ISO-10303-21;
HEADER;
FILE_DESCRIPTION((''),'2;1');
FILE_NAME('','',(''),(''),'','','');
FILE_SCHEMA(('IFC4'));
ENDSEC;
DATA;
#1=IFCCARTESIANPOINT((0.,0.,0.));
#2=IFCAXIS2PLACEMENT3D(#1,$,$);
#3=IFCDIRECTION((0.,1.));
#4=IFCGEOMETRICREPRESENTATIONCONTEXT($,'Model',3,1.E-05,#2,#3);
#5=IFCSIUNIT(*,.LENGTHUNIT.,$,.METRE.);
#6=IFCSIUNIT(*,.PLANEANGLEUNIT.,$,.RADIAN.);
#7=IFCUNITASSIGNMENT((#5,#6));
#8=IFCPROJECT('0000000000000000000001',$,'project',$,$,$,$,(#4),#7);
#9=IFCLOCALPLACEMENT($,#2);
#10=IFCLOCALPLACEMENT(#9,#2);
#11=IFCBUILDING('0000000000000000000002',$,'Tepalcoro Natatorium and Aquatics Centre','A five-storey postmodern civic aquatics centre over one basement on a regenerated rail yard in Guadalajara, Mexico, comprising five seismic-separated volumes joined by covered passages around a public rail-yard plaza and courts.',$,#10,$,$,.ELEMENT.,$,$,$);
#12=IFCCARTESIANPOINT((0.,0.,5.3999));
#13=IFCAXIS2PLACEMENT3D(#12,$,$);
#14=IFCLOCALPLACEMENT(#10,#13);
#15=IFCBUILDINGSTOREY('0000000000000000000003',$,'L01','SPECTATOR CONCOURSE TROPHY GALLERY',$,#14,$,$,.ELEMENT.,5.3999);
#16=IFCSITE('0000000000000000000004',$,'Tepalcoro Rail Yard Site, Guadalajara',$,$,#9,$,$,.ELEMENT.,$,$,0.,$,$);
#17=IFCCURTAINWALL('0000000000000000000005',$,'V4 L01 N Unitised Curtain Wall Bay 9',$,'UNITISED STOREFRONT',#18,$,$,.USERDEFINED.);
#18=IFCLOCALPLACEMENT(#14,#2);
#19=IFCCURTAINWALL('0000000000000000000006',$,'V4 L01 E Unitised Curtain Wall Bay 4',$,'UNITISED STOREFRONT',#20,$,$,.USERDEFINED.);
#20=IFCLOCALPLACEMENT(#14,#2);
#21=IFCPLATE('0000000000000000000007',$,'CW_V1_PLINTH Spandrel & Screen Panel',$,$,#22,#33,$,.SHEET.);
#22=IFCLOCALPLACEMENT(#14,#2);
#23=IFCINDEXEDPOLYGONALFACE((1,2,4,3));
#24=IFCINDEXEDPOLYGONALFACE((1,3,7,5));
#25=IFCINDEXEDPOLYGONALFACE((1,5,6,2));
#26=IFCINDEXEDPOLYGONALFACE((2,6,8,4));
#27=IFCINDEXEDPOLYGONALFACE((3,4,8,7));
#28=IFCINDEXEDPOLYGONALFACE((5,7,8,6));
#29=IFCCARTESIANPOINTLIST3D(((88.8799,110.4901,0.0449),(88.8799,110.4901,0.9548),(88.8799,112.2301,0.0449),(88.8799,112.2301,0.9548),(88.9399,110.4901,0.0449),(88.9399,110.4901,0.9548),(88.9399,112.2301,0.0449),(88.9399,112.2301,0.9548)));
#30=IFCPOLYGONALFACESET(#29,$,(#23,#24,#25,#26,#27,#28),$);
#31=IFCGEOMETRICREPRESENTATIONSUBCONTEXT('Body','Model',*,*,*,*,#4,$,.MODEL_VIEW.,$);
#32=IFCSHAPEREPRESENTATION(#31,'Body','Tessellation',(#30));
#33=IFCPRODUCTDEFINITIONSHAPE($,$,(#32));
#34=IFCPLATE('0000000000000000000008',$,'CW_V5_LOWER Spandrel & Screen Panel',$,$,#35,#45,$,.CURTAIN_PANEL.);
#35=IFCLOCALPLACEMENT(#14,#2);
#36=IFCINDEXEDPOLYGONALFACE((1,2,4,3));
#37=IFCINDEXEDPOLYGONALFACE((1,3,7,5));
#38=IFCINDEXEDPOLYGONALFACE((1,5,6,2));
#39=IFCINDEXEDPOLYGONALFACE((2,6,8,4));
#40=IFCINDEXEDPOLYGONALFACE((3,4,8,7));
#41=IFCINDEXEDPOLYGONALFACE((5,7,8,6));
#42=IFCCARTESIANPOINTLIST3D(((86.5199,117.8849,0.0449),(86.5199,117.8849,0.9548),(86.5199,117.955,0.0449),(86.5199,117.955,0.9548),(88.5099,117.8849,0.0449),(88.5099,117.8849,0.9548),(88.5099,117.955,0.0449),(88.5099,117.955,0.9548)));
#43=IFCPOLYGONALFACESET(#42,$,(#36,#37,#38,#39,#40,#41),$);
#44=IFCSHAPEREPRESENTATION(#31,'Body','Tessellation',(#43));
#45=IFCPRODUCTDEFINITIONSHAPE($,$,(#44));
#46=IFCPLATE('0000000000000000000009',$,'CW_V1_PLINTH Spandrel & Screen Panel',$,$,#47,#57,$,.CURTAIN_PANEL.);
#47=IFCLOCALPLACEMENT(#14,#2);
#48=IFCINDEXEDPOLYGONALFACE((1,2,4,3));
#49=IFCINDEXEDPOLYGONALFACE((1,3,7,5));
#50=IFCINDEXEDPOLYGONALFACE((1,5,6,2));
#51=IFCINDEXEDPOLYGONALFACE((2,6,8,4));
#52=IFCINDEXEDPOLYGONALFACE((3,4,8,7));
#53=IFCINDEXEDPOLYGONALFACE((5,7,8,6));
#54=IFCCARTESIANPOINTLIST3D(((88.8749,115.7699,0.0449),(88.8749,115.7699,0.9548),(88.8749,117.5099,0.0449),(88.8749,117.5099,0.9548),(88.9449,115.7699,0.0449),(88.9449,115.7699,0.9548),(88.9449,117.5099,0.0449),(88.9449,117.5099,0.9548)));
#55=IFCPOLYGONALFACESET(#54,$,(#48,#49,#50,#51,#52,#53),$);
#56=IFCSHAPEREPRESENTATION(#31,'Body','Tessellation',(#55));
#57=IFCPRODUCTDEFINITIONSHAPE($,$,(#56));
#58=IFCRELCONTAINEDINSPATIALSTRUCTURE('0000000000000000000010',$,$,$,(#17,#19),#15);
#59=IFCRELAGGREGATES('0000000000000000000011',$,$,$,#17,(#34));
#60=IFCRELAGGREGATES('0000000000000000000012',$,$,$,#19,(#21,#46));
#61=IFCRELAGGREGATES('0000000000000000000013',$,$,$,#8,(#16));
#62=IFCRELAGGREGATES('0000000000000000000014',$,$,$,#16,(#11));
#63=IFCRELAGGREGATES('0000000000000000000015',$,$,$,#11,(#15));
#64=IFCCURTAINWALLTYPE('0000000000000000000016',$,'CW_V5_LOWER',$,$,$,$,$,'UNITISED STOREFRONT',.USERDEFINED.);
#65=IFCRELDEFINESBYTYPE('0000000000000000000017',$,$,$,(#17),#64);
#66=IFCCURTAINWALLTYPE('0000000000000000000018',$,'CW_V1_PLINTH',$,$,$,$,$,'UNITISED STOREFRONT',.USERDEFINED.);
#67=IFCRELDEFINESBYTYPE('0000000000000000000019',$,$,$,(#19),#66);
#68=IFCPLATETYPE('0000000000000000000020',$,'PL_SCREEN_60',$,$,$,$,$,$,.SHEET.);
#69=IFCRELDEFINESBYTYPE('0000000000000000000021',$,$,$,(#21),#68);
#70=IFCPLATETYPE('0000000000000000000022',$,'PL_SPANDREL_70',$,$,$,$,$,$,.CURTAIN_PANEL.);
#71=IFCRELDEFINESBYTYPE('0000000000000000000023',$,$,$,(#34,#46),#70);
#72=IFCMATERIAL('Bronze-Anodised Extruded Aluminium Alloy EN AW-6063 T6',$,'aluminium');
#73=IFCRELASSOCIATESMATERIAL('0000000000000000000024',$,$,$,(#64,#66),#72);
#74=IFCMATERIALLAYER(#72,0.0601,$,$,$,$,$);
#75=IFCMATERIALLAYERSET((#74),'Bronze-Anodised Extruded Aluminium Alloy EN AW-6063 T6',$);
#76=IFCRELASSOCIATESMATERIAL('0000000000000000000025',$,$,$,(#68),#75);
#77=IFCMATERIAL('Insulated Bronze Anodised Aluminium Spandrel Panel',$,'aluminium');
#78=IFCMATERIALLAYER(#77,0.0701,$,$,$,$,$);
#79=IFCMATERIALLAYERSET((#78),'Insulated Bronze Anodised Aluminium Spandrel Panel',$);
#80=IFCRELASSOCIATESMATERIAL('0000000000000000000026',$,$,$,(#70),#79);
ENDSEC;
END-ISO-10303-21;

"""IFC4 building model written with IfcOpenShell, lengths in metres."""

from ifc_helpers import new_model, si_unit, direction, frame, origin, origin_2d, place, context, subcontext, project, spatial, rectangle, extrude, material, layer, layer_set, type_object, element, aggregate, save


model = new_model("IFC4")

# Units and contexts
model_context = context("Model", 3, precision=1e-05, world=origin(), true_north=direction((0.0, 1.0)))
body_context = subcontext(model_context, "Body", "Model", "MODEL_VIEW")
ifc_project = project(units=[si_unit("LENGTHUNIT", "METRE"), si_unit("PLANEANGLEUNIT", "RADIAN")], contexts=[model_context])

# Site, building, storey
site_placement = place(None, origin())
site = spatial("IfcSite", under=ifc_project, at=site_placement, Name="Tepalcoro Rail Yard Site, Guadalajara", CompositionType="ELEMENT", RefElevation=0.0)
building_placement = place(site_placement, origin())
building = spatial("IfcBuilding", under=site, at=building_placement, Name="Tepalcoro Natatorium and Aquatics Centre", Description="A five-storey postmodern civic aquatics centre over one basement on a regenerated rail yard in Guadalajara, Mexico, comprising five seismic-separated volumes joined by covered passages around a public rail-yard plaza and courts.", CompositionType="ELEMENT")
storey_placement = place(building_placement, frame((0.0, 0.0, 5.3999)))
storey = spatial("IfcBuildingStorey", under=building, at=storey_placement, Name="L01", Description="SPECTATOR CONCOURSE TROPHY GALLERY", CompositionType="ELEMENT", Elevation=5.3999)

# Curtain walls
ifc_material_1 = material(Name="Bronze-Anodised Extruded Aluminium Alloy EN AW-6063 T6", Category="aluminium")
curtain_wall_type_1 = type_object("IfcCurtainWallType", Name="CW_V5_LOWER", ElementType="UNITISED STOREFRONT", PredefinedType="USERDEFINED", material=ifc_material_1)
curtain_wall_1_placement = place(storey_placement, origin())
curtain_wall_1 = element("IfcCurtainWall", 1, at=curtain_wall_1_placement, inside=storey, type_object=curtain_wall_type_1, Name="V4 L01 N Unitised Curtain Wall Bay 9", ObjectType="UNITISED STOREFRONT", PredefinedType="USERDEFINED")
curtain_wall_type_2 = type_object("IfcCurtainWallType", Name="CW_V1_PLINTH", ElementType="UNITISED STOREFRONT", PredefinedType="USERDEFINED", material=ifc_material_1)
curtain_wall_2_placement = place(storey_placement, origin())
curtain_wall_2 = element("IfcCurtainWall", 2, at=curtain_wall_2_placement, inside=storey, type_object=curtain_wall_type_2, Name="V4 L01 E Unitised Curtain Wall Bay 4", ObjectType="UNITISED STOREFRONT", PredefinedType="USERDEFINED")

# Plates
ifc_layer_1 = layer(ifc_material_1, 0.0601)
ifc_layer_set_1 = layer_set([ifc_layer_1], Name="Bronze-Anodised Extruded Aluminium Alloy EN AW-6063 T6")
plate_type_1 = type_object("IfcPlateType", Name="PL_SCREEN_60", PredefinedType="SHEET", material=ifc_layer_set_1)
plate_1_placement = place(storey_placement, frame((88.9099, 111.3601, 0.0449), z_axis=(0.0, 0.0, 1.0), x_axis=(1.0, 0.0, 0.0)))
plate_1 = element("IfcPlate", 3, at=plate_1_placement, type_object=plate_type_1, Name="CW_V1_PLINTH Spandrel & Screen Panel", PredefinedType="SHEET", context=body_context, shape_type="SweptSolid", body=[
    extrude(rectangle(XDim=0.0601, YDim=1.74, at=origin_2d()), origin(), (0.0, 0.0, 1.0), 0.9099),
])
ifc_material_2 = material(Name="Insulated Bronze Anodised Aluminium Spandrel Panel", Category="aluminium")
ifc_layer_2 = layer(ifc_material_2, 0.0701)
ifc_layer_set_2 = layer_set([ifc_layer_2], Name="Insulated Bronze Anodised Aluminium Spandrel Panel")
plate_type_2 = type_object("IfcPlateType", Name="PL_SPANDREL_70", PredefinedType="CURTAIN_PANEL", material=ifc_layer_set_2)
plate_2_placement = place(storey_placement, frame((87.5149, 117.9199, 0.0449), z_axis=(0.0, 0.0, 1.0), x_axis=(1.0, 0.0, 0.0)))
plate_2 = element("IfcPlate", 4, at=plate_2_placement, type_object=plate_type_2, Name="CW_V5_LOWER Spandrel & Screen Panel", PredefinedType="CURTAIN_PANEL", context=body_context, shape_type="SweptSolid", body=[
    extrude(rectangle(XDim=1.99, YDim=0.0701, at=origin_2d()), origin(), (0.0, 0.0, 1.0), 0.9099),
])
aggregate(curtain_wall_1, [plate_2])
plate_3_placement = place(storey_placement, frame((88.9099, 116.6399, 0.0449), z_axis=(0.0, 0.0, 1.0), x_axis=(1.0, 0.0, 0.0)))
plate_3 = element("IfcPlate", 5, at=plate_3_placement, type_object=plate_type_2, Name="CW_V1_PLINTH Spandrel & Screen Panel", PredefinedType="CURTAIN_PANEL", context=body_context, shape_type="SweptSolid", body=[
    extrude(rectangle(XDim=0.0701, YDim=1.74, at=origin_2d()), origin(), (0.0, 0.0, 1.0), 0.9099),
])
aggregate(curtain_wall_2, [plate_1, plate_3])

save(model, "model.ifc")
